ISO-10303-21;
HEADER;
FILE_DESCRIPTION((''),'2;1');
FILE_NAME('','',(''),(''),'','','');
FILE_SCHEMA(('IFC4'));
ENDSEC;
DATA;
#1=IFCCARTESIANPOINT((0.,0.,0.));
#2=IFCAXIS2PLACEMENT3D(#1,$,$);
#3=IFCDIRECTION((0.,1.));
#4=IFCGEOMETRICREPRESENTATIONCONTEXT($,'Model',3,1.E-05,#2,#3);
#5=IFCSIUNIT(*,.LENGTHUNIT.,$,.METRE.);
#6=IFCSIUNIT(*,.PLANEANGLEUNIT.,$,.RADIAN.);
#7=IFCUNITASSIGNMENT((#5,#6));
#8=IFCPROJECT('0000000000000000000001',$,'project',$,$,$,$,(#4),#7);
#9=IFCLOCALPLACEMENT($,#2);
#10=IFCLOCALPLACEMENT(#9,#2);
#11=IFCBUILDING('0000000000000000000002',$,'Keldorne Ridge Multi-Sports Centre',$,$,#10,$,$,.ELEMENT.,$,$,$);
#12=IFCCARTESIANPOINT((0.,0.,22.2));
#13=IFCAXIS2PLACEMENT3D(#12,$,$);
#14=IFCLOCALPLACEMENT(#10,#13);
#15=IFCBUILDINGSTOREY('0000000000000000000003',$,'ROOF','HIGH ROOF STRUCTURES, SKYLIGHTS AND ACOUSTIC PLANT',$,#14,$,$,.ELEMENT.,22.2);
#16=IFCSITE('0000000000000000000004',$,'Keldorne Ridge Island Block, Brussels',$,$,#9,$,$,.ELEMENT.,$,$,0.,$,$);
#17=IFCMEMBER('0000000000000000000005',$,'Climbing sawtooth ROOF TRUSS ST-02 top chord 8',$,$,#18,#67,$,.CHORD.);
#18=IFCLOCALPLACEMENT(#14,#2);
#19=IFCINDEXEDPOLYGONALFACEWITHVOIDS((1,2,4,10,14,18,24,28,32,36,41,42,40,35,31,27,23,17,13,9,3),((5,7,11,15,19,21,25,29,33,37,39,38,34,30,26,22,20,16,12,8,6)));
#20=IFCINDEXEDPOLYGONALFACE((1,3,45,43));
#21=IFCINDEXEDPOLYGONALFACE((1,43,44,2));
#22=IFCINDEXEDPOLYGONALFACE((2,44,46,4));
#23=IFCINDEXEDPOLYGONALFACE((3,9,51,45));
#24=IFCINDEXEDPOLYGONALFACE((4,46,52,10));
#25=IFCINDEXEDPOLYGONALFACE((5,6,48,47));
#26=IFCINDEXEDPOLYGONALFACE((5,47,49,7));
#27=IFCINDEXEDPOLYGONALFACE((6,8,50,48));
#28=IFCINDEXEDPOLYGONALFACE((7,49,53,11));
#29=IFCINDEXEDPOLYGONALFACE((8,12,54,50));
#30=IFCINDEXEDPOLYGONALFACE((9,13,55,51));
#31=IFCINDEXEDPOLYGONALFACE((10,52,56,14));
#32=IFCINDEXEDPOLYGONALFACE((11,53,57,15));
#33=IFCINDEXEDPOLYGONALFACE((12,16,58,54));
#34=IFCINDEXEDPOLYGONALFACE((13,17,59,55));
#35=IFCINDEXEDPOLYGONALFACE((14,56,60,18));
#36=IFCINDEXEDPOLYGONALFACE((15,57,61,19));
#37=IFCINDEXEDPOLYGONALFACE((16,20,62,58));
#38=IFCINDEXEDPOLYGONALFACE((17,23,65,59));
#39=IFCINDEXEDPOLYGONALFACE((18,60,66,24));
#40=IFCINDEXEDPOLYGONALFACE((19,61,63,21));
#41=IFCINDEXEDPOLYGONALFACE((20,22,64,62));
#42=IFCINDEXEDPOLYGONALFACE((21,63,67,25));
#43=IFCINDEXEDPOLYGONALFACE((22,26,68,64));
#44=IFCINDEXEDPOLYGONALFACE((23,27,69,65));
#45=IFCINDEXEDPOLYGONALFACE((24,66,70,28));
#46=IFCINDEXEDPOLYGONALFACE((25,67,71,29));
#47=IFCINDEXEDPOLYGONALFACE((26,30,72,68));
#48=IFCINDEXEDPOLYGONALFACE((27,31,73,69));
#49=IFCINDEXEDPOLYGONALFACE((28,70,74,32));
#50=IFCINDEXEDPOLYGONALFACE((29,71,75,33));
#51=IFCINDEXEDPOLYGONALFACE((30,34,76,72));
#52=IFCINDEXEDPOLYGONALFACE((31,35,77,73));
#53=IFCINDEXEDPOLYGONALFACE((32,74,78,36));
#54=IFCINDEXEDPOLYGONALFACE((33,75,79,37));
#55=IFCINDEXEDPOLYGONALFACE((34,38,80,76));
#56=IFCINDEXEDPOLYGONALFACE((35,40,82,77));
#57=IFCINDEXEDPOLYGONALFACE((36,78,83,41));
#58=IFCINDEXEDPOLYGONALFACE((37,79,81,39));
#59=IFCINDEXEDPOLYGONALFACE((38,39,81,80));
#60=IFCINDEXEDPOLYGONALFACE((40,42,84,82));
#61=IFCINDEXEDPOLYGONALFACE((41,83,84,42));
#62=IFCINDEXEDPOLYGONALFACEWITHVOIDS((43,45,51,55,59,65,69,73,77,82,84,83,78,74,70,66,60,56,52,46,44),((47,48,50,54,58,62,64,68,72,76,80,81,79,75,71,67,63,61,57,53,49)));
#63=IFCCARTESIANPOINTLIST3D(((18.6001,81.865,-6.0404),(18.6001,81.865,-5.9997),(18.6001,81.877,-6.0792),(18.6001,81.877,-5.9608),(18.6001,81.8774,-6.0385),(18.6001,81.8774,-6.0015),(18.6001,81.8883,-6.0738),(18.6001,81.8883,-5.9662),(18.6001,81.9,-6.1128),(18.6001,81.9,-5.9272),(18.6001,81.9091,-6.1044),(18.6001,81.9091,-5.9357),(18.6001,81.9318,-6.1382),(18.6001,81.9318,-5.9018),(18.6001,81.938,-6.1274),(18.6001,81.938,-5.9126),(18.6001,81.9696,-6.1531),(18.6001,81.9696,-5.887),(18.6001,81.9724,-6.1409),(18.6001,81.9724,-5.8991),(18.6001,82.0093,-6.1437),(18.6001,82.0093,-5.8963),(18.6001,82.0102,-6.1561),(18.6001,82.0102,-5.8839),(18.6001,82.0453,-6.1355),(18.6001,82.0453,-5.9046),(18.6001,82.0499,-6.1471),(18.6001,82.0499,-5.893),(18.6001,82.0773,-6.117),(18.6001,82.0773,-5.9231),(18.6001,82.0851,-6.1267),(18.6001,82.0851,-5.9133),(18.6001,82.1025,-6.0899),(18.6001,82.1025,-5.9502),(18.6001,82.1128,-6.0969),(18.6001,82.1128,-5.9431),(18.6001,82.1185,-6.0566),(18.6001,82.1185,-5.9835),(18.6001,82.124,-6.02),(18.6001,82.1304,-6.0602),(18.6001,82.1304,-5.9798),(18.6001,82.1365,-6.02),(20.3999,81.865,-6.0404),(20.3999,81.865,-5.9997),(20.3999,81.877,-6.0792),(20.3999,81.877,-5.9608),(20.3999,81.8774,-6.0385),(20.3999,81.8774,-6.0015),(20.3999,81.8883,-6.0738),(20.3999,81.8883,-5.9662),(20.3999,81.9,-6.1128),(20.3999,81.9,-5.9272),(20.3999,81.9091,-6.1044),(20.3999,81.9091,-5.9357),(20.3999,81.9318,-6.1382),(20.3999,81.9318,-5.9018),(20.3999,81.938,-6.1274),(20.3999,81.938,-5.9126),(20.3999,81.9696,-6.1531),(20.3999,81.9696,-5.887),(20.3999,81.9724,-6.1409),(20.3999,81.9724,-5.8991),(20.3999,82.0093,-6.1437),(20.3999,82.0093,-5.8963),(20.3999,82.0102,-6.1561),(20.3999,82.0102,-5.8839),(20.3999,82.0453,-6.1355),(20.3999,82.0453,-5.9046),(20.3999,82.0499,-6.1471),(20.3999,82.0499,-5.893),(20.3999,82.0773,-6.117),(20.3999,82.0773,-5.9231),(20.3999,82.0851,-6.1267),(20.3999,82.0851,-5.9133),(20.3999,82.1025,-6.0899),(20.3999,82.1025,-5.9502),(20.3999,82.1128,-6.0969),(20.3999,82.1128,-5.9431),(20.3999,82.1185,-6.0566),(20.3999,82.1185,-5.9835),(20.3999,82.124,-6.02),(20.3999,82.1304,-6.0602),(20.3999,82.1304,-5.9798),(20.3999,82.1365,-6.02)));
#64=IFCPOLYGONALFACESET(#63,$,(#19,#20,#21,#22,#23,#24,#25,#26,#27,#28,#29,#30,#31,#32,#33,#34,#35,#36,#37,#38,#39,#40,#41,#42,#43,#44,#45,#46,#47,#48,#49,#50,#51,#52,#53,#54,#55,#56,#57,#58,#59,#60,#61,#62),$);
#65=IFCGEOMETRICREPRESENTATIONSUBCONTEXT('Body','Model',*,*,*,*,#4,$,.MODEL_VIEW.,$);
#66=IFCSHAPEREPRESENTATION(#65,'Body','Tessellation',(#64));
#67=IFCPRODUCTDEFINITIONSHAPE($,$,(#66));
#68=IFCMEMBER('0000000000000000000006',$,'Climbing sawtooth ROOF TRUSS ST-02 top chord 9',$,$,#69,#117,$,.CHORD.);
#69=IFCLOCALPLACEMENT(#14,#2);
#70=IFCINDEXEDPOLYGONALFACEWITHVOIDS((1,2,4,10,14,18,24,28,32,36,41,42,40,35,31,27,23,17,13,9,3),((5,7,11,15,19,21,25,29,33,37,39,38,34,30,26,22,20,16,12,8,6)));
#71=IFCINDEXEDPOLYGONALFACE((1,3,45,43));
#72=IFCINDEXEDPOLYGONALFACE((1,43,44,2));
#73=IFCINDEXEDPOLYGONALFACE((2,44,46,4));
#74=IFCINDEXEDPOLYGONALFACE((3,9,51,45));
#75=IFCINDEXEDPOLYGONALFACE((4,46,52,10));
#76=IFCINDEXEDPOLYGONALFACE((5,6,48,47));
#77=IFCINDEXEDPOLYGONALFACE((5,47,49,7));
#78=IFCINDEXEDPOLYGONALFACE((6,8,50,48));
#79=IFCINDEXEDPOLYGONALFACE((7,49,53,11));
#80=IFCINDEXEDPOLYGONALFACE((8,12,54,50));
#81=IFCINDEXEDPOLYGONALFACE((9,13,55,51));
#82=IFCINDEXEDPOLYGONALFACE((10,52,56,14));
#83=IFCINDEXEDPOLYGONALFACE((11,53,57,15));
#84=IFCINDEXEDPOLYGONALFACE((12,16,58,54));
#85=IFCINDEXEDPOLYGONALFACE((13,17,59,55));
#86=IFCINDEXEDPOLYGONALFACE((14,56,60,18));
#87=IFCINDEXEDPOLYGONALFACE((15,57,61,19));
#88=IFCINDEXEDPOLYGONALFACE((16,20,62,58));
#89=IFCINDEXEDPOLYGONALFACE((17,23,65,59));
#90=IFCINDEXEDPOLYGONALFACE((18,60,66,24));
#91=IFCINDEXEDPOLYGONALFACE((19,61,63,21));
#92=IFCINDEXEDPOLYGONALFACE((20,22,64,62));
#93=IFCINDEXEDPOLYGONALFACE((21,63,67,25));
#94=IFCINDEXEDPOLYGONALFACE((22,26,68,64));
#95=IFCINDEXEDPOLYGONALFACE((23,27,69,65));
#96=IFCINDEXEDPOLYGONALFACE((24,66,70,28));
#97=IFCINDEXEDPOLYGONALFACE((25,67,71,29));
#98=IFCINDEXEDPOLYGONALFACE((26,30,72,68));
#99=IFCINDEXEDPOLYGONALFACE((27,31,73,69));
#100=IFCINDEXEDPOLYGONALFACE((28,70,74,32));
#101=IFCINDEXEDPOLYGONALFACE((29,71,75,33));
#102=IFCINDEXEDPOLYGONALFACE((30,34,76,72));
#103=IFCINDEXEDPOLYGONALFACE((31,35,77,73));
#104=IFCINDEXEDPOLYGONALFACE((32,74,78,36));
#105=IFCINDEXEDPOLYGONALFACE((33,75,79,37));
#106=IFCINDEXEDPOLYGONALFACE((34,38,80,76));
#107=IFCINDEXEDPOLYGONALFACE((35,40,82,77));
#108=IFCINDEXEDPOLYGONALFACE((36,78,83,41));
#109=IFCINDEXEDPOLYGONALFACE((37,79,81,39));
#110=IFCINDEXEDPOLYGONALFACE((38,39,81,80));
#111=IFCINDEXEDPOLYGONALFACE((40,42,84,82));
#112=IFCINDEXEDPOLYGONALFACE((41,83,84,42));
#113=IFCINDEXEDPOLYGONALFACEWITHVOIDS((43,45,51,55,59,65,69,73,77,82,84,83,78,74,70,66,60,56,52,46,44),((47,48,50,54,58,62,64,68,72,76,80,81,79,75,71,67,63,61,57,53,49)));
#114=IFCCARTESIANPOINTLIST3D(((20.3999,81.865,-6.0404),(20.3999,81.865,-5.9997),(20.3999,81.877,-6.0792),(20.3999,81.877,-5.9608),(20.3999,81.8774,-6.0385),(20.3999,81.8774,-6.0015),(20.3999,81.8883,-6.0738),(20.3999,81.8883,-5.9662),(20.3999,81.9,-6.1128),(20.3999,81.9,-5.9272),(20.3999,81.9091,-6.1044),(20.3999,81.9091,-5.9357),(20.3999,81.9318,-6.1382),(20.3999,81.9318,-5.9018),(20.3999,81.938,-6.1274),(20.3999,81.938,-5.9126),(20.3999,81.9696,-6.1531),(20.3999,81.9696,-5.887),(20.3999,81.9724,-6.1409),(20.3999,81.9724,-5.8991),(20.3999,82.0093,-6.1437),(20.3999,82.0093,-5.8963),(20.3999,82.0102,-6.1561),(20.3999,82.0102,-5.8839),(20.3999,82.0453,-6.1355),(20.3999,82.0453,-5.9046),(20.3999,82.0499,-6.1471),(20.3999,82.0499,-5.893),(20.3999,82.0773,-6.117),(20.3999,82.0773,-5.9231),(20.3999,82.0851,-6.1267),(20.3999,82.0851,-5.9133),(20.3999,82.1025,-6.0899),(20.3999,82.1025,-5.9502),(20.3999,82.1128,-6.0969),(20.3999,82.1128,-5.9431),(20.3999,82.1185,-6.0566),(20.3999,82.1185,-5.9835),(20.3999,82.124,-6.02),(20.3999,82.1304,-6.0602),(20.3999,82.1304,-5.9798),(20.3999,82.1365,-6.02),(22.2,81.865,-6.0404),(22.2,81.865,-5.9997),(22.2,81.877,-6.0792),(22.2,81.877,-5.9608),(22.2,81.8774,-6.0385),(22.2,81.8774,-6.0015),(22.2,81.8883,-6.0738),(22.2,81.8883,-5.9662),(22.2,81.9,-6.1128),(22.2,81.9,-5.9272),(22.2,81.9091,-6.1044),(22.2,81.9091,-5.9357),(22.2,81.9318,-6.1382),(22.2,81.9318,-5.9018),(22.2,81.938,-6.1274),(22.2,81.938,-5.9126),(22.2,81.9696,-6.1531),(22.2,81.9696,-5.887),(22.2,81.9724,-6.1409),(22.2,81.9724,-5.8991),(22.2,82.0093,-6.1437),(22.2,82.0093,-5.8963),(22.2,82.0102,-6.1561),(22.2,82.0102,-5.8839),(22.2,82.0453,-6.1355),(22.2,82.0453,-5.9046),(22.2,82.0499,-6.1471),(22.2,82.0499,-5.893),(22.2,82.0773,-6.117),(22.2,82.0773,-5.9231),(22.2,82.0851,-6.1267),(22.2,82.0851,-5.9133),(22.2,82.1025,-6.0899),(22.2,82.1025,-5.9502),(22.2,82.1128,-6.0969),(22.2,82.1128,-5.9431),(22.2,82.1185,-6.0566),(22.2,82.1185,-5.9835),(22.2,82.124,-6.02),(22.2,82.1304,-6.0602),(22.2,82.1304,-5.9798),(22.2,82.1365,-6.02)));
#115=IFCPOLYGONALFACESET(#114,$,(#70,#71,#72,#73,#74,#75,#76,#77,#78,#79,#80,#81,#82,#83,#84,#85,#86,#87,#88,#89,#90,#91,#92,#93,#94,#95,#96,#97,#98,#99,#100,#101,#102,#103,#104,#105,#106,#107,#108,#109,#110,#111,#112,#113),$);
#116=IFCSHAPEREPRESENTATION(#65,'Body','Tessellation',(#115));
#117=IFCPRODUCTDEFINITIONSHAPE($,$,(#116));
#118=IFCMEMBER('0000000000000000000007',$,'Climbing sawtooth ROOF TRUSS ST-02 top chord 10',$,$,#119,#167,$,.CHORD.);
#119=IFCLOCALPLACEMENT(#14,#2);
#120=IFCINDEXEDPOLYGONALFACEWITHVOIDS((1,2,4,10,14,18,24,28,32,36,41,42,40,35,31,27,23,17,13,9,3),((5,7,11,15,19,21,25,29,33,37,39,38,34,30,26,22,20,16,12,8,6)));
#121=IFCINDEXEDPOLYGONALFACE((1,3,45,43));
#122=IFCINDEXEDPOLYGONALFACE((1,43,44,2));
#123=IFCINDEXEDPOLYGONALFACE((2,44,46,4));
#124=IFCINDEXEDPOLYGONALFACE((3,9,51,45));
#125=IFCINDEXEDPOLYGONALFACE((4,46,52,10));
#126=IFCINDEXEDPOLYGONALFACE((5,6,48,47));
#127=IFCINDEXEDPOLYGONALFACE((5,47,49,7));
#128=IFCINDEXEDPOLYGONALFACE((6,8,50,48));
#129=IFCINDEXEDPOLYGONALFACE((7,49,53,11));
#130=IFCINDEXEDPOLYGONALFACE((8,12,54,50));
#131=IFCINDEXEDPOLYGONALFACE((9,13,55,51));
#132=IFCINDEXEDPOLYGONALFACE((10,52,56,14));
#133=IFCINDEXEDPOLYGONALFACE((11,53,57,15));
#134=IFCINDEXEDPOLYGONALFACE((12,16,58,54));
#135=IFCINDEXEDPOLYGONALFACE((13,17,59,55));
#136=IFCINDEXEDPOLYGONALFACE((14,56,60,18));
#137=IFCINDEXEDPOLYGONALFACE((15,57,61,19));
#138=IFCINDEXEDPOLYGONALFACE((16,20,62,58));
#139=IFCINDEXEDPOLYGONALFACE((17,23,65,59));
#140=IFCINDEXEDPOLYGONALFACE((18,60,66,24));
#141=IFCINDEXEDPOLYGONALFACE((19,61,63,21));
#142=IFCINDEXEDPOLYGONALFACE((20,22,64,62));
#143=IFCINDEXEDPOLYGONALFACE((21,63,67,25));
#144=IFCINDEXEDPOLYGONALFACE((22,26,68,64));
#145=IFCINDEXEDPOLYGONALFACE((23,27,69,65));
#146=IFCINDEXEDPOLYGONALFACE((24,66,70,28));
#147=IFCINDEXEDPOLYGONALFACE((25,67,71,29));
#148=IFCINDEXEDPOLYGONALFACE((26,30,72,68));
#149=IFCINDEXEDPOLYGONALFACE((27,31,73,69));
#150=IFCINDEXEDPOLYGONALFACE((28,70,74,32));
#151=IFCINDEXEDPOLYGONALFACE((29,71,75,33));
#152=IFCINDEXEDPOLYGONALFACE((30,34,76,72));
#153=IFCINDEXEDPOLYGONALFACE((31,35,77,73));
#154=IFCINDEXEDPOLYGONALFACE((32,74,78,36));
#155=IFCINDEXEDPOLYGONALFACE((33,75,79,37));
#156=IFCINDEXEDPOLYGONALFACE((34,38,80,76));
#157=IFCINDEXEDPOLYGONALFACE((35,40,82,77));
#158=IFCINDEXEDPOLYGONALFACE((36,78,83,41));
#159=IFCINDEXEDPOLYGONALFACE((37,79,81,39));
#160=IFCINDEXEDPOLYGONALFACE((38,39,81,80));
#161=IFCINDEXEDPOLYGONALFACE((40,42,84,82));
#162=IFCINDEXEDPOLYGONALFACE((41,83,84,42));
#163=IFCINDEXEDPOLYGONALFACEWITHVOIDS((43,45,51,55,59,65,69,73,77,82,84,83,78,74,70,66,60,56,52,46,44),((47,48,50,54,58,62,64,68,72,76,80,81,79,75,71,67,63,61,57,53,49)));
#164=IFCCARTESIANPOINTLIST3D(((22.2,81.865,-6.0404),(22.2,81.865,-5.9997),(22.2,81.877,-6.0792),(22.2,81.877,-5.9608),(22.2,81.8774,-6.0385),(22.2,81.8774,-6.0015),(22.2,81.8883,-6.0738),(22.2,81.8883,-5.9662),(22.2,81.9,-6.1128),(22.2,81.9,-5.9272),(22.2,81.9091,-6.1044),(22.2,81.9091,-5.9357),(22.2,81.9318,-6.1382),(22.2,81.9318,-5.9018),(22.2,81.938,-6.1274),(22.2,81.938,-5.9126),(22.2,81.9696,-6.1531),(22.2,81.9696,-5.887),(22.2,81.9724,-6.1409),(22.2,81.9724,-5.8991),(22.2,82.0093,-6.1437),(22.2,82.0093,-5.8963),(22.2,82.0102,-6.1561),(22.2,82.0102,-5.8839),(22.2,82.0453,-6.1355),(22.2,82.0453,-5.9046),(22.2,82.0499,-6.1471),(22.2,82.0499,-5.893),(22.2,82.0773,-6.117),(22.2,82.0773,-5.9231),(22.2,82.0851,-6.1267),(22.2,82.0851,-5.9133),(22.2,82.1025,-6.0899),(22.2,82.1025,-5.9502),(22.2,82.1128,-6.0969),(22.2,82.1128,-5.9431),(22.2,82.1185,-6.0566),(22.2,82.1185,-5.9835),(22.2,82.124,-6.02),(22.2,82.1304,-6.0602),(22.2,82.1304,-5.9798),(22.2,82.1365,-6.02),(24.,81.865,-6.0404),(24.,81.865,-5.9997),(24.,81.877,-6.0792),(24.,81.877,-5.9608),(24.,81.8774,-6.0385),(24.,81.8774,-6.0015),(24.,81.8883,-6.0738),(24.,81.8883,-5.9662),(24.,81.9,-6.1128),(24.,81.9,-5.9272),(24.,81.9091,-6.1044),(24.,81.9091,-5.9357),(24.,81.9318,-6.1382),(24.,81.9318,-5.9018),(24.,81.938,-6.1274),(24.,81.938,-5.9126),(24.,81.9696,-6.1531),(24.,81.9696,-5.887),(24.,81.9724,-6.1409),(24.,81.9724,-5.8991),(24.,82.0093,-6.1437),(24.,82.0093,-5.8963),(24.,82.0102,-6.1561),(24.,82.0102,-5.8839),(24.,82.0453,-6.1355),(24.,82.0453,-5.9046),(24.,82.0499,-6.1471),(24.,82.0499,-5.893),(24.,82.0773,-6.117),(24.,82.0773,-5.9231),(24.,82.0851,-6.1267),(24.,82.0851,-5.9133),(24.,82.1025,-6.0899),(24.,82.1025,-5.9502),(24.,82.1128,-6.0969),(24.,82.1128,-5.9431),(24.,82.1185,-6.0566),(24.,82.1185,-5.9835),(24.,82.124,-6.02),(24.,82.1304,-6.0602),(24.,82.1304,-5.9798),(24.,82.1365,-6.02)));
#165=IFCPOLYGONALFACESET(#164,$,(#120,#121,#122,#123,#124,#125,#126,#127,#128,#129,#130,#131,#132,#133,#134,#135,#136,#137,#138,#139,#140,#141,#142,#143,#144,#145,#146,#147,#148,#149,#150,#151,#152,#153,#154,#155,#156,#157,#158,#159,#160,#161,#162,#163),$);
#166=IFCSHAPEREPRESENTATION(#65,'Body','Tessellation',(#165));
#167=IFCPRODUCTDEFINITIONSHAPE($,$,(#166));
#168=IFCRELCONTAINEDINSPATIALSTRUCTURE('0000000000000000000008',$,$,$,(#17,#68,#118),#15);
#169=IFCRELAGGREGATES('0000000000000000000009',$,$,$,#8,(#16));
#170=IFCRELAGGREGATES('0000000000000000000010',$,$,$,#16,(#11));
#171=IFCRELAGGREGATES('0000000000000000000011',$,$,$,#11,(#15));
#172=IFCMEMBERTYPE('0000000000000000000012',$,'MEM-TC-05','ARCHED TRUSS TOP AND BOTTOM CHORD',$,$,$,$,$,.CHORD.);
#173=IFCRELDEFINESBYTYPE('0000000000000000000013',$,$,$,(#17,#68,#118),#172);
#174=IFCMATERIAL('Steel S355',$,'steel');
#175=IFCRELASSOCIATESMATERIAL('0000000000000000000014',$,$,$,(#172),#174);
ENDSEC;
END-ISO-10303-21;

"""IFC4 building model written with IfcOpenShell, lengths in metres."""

from ifc_helpers import new_model, si_unit, direction, frame, origin, origin_2d, place, context, subcontext, project, spatial, hollow_circle, extrude, material, material_profile, profile_set, type_object, element, save


model = new_model("IFC4")

# Units and contexts
model_context = context("Model", 3, precision=1e-05, world=origin(), true_north=direction((0.0, 1.0)))
body_context = subcontext(model_context, "Body", "Model", "MODEL_VIEW")
ifc_project = project(units=[si_unit("LENGTHUNIT", "METRE"), si_unit("PLANEANGLEUNIT", "RADIAN")], contexts=[model_context])

# Site, building, storey
site_placement = place(None, origin())
site = spatial("IfcSite", under=ifc_project, at=site_placement, Name="Keldorne Ridge Island Block, Brussels", CompositionType="ELEMENT", RefElevation=0.0)
building_placement = place(site_placement, origin())
building = spatial("IfcBuilding", under=site, at=building_placement, Name="Keldorne Ridge Multi-Sports Centre", CompositionType="ELEMENT")
storey_placement = place(building_placement, frame((0.0, 0.0, 22.2)))
storey = spatial("IfcBuildingStorey", under=building, at=storey_placement, Name="ROOF", Description="HIGH ROOF STRUCTURES, SKYLIGHTS AND ACOUSTIC PLANT", CompositionType="ELEMENT", Elevation=22.2)

# Shared definitions
ifc_material_1 = material(Name="Steel S355", Category="steel")

# Members
ifc_material_profile_1 = material_profile(ifc_material_1, hollow_circle(Radius=0.1365, WallThickness=0.0125, at=origin_2d()), Name="CHS 273x12.5")
ifc_profile_set_1 = profile_set([ifc_material_profile_1], Name="Steel S355")
member_type_1 = type_object("IfcMemberType", Name="MEM-TC-05", Description="ARCHED TRUSS TOP AND BOTTOM CHORD", PredefinedType="CHORD", material=ifc_profile_set_1)
member_1_placement = place(storey_placement, frame((18.6001, 82.0, -6.02), z_axis=(1.0, 0.0, 0.0), x_axis=(0.0, 1.0, 0.0)))
element("IfcMember", 1, at=member_1_placement, inside=storey, type_object=member_type_1, Name="Climbing sawtooth ROOF TRUSS ST-02 top chord 8", PredefinedType="CHORD", context=body_context, shape_type="SweptSolid", body=[
    extrude(hollow_circle(Radius=0.1365, WallThickness=0.0125, at=origin_2d()), origin(), (0.0, 0.0, 1.0), 1.7998),
])
for number, where, z_axis, x_axis, name in (
    (2, (20.3999, 82.0, -6.02), (1.0, 0.0, 0.0), (0.0, 1.0, 0.0), "Climbing sawtooth ROOF TRUSS ST-02 top chord 9"),
    (3, (22.2, 82.0, -6.02), (1.0, 0.0, 0.0), (0.0, 1.0, 0.0), "Climbing sawtooth ROOF TRUSS ST-02 top chord 10"),
):
    element("IfcMember", number, at=place(storey_placement, frame(where, z_axis=z_axis, x_axis=x_axis)), inside=storey, type_object=member_type_1, Name=name, PredefinedType="CHORD", context=body_context, shape_type="SweptSolid", body=[
        extrude(hollow_circle(Radius=0.1365, WallThickness=0.0125, at=origin_2d()), origin(), (0.0, 0.0, 1.0), 1.8),
    ])

save(model, "model.ifc")
